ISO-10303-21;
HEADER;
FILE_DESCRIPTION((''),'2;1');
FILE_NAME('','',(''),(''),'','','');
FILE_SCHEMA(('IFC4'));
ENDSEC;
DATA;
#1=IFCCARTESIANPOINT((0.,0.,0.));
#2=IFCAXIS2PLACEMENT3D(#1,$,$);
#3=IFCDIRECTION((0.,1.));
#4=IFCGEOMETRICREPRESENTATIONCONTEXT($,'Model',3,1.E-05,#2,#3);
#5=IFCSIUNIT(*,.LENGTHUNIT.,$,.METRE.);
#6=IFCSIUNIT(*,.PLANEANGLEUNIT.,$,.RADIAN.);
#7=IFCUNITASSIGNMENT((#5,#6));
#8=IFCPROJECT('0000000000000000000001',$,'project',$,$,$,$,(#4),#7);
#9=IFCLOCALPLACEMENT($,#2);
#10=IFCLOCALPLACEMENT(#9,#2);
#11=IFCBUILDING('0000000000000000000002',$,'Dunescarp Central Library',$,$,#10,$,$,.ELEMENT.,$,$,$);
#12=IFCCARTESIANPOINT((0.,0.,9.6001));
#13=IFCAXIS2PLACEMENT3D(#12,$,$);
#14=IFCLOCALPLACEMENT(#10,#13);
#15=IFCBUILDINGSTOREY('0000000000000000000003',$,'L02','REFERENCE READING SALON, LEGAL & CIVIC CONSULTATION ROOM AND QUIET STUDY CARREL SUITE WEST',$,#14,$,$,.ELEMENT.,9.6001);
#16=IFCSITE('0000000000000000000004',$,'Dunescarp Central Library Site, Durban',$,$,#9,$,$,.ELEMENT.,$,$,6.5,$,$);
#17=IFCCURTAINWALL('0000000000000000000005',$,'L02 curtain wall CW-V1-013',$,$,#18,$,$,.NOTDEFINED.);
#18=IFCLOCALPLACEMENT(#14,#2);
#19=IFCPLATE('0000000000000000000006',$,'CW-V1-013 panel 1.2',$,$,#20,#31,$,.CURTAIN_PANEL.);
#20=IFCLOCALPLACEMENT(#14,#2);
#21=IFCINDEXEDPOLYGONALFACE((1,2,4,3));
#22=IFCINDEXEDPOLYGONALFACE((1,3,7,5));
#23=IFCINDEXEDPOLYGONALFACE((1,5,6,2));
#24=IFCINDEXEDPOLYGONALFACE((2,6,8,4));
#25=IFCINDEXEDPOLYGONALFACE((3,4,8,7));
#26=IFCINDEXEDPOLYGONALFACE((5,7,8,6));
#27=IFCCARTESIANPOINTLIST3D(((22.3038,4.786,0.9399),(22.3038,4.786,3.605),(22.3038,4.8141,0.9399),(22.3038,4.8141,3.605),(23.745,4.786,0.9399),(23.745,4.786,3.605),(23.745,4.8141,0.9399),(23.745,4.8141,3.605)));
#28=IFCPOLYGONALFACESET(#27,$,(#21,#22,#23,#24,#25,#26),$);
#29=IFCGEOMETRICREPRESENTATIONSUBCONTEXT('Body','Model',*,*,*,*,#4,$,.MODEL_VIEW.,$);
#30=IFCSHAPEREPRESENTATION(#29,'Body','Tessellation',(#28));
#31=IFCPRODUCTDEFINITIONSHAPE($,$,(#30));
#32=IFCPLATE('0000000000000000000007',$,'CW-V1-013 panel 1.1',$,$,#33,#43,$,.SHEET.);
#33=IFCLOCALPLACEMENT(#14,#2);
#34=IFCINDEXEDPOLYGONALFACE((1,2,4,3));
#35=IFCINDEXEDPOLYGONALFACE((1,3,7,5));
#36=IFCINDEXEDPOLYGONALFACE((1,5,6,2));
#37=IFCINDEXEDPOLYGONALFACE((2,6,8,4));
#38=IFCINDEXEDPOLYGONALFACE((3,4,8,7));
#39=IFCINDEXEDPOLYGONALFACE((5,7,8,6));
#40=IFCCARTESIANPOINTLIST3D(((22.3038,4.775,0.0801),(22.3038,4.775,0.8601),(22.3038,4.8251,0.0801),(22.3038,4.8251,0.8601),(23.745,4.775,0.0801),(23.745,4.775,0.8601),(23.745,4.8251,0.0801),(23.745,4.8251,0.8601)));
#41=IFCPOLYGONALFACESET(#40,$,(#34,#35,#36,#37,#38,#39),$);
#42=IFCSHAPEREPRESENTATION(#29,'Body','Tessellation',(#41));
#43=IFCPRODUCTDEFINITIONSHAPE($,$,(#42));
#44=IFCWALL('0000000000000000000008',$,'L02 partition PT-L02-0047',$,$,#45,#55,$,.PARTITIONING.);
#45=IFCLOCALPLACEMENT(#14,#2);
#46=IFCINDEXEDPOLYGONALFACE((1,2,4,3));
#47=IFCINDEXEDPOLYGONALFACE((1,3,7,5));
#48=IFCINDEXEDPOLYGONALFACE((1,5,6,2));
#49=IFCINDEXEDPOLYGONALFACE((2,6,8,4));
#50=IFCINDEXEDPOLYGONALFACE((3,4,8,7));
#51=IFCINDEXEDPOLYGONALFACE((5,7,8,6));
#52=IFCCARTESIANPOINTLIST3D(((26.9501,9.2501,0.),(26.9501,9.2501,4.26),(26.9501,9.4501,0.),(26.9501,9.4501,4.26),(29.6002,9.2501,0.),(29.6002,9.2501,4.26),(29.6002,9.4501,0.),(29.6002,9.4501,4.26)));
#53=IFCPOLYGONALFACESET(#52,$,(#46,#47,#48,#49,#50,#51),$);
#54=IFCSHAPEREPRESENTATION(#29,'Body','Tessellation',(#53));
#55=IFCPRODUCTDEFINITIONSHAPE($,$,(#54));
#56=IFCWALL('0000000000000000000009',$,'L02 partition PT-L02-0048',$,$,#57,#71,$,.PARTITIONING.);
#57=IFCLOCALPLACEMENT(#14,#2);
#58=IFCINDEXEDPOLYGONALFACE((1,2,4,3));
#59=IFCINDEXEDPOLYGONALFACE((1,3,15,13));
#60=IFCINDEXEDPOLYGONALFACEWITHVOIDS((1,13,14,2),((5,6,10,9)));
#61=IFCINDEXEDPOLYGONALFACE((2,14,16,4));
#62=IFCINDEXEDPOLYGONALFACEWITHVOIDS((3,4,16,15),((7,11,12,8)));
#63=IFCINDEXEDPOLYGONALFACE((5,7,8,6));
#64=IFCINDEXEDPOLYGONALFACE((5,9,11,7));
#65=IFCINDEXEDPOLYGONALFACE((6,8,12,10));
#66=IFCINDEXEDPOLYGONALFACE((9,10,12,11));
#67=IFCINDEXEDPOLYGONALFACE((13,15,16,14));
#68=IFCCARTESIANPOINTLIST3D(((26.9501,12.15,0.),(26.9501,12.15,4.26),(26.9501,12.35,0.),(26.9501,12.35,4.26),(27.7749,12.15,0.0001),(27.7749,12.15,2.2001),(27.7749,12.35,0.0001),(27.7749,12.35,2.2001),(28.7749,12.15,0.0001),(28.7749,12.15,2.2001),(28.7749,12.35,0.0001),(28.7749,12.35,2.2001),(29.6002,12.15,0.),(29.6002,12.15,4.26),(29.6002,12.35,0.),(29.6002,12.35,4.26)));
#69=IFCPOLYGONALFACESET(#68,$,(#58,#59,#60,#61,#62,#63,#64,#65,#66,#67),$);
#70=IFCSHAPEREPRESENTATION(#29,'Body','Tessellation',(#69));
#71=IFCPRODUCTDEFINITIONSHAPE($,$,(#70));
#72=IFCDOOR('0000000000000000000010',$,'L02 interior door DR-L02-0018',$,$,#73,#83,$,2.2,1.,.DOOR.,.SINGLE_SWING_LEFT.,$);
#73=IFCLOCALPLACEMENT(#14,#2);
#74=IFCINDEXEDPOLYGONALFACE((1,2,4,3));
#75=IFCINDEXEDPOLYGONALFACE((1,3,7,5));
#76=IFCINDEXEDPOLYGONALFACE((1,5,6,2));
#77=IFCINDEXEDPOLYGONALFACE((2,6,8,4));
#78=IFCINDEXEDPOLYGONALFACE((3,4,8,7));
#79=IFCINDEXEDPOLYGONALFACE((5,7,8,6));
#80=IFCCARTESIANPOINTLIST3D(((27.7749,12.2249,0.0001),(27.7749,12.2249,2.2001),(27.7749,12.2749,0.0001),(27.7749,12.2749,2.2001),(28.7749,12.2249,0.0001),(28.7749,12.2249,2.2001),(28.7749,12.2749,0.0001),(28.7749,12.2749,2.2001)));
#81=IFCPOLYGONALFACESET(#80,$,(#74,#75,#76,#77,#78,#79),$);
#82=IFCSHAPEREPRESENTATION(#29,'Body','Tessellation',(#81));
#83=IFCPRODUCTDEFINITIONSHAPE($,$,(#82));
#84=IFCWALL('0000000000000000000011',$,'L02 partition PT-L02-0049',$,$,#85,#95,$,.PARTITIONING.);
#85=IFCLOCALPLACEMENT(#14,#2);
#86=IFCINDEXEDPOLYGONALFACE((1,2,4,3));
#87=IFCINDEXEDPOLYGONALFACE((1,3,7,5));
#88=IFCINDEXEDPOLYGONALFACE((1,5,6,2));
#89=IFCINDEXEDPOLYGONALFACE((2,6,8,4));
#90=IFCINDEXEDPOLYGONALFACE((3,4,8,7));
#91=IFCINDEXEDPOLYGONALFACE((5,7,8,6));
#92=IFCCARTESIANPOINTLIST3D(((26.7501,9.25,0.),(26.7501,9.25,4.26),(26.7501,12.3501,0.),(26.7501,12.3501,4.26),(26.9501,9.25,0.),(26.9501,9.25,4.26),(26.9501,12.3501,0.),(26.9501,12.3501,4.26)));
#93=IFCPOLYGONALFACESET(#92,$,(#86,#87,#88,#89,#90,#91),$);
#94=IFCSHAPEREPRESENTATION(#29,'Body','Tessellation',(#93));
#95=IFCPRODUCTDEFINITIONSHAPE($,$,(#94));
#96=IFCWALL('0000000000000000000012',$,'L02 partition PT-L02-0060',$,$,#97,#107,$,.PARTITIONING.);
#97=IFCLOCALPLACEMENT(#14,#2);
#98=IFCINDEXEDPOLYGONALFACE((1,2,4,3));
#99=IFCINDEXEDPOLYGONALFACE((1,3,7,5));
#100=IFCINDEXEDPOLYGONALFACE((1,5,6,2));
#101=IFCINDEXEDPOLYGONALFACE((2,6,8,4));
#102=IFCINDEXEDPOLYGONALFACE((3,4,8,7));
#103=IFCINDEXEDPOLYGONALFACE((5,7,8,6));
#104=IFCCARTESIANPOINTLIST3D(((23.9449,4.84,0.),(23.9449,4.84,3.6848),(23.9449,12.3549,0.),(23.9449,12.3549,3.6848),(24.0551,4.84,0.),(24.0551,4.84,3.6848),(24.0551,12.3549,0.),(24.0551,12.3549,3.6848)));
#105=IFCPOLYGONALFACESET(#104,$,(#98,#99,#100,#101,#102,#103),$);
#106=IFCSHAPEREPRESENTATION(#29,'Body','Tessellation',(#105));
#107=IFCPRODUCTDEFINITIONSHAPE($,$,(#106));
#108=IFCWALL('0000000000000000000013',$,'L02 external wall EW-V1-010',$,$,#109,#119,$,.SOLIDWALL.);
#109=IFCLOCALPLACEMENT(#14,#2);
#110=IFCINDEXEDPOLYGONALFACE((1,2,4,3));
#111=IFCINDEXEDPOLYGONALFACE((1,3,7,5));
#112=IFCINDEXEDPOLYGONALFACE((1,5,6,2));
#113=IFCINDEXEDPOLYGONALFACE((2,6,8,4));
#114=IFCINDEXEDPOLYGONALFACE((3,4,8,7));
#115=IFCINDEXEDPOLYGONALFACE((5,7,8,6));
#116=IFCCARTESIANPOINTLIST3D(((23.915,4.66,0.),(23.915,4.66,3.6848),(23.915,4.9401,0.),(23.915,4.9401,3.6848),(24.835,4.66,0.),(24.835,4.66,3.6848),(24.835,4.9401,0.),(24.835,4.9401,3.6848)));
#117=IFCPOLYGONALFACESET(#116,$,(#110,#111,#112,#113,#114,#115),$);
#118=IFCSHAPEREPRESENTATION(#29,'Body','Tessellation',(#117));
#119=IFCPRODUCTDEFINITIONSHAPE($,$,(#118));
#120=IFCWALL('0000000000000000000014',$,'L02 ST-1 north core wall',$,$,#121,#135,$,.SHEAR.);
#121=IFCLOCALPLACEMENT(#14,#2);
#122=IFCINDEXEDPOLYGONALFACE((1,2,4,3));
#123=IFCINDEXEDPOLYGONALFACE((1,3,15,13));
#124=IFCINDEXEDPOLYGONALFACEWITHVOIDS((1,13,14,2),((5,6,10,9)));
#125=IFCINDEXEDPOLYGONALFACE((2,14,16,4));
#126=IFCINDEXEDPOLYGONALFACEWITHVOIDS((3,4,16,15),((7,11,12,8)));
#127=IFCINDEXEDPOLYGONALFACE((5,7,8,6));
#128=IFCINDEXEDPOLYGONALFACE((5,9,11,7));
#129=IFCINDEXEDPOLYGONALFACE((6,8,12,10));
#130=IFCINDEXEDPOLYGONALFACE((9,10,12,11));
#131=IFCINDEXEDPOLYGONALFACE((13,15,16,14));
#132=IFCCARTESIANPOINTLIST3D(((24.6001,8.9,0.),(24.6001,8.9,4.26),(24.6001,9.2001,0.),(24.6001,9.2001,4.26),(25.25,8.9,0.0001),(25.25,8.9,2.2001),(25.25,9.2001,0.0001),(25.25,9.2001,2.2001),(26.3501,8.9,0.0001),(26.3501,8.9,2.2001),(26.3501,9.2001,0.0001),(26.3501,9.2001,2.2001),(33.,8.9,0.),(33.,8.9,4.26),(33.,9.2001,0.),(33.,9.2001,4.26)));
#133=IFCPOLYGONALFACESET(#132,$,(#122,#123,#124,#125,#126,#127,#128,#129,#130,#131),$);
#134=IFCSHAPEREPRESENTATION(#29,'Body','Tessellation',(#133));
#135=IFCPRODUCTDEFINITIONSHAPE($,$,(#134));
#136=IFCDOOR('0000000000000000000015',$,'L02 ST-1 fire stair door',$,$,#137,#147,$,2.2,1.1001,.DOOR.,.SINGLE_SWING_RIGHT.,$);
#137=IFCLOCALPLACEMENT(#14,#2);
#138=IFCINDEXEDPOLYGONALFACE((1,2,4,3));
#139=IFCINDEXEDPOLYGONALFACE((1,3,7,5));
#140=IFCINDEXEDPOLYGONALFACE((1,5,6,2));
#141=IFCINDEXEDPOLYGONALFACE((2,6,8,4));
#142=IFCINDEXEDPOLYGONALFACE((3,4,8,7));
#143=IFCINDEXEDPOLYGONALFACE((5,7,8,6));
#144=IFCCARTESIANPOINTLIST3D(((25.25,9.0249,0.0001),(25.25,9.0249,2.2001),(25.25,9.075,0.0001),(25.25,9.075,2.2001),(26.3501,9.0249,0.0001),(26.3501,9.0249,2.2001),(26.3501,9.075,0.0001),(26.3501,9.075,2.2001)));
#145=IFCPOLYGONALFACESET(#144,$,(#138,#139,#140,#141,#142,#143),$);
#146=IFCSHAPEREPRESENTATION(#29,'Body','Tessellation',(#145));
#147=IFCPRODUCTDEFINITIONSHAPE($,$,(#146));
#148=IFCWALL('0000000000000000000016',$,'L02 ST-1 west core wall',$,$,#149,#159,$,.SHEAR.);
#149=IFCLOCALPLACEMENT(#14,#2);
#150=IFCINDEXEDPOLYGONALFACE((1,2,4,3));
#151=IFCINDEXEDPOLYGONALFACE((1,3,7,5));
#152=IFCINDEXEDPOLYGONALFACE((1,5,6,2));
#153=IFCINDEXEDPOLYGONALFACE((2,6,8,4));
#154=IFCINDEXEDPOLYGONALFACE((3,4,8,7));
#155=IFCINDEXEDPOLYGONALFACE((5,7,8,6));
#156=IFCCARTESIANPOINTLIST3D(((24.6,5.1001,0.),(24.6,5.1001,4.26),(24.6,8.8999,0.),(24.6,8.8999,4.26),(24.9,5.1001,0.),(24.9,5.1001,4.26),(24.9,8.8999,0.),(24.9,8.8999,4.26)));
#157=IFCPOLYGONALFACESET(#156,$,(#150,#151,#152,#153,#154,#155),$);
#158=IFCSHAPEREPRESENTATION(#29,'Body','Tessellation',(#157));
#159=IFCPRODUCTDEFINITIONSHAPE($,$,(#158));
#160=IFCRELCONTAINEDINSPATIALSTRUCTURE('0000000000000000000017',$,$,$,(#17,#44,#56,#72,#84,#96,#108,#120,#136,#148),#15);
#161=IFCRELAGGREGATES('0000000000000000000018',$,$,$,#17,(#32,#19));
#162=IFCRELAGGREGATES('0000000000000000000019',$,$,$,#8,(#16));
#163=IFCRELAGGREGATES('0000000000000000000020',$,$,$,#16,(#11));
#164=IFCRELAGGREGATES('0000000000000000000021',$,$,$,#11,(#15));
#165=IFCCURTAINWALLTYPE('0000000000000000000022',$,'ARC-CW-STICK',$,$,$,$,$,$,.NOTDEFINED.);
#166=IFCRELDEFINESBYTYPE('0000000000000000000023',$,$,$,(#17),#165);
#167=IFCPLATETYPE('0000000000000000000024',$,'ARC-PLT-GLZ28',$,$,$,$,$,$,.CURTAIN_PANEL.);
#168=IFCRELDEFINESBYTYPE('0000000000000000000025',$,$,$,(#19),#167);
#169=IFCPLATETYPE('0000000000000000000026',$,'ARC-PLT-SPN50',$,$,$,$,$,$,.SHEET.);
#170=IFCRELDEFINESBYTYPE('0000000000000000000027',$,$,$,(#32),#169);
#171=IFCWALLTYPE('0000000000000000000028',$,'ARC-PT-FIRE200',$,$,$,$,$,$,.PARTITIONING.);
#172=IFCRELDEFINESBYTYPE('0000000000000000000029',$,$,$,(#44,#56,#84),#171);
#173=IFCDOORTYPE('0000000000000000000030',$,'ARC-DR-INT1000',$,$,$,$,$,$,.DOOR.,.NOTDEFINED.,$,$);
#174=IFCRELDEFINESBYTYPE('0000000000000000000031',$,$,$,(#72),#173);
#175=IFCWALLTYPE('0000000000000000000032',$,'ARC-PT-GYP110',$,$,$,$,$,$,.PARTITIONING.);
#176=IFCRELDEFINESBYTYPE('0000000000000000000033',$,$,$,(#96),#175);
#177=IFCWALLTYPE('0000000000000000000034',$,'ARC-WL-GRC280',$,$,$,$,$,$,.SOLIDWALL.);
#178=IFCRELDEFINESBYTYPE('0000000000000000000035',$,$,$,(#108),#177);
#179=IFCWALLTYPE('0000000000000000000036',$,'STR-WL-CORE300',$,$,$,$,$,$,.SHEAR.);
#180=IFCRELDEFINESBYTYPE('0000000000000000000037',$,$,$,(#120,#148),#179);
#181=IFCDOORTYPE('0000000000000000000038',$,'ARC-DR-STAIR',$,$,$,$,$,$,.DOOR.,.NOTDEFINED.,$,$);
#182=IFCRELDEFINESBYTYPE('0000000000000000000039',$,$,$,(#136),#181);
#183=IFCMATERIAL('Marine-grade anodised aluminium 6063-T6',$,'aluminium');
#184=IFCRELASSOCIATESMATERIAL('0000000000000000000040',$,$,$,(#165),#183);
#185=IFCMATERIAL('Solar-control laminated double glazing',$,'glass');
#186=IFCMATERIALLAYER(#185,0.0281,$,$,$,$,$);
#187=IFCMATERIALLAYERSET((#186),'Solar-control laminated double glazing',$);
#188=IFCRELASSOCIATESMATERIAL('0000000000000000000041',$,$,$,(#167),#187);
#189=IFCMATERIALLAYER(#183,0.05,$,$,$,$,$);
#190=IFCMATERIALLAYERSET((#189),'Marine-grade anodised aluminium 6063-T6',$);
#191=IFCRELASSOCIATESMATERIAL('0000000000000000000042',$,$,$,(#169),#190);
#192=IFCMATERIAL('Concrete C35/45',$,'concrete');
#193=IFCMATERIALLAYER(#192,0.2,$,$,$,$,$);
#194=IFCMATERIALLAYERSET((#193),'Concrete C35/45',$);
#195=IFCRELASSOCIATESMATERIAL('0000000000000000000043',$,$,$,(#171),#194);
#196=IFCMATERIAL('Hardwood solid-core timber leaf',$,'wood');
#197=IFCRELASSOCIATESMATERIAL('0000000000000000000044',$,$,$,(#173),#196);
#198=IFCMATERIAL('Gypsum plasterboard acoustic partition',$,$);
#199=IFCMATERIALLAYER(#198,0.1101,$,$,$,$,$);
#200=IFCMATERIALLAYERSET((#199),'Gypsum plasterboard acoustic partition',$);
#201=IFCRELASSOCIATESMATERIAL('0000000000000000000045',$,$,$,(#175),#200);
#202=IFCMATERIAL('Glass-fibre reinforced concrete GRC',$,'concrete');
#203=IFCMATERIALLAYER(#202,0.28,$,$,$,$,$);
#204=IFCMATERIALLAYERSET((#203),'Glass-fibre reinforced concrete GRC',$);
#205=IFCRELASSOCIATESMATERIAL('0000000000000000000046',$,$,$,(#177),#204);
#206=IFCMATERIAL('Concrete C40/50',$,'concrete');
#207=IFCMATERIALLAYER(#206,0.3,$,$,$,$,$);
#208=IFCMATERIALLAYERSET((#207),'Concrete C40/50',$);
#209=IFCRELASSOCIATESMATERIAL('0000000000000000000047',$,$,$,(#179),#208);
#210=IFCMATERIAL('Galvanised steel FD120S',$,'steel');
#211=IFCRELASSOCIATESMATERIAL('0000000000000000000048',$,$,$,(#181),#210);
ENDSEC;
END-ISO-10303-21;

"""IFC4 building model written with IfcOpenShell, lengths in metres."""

from ifc_helpers import new_model, si_unit, direction, frame, frame_2d, origin, origin_2d, place, context, subcontext, project, spatial, rectangle, extrude, material, layer, layer_set, type_object, element, fill, aggregate, save


model = new_model("IFC4")

# Units and contexts
model_context = context("Model", 3, precision=1e-05, world=origin(), true_north=direction((0.0, 1.0)))
body_context = subcontext(model_context, "Body", "Model", "MODEL_VIEW")
ifc_project = project(units=[si_unit("LENGTHUNIT", "METRE"), si_unit("PLANEANGLEUNIT", "RADIAN")], contexts=[model_context])

# Site, building, storey
site_placement = place(None, origin())
site = spatial("IfcSite", under=ifc_project, at=site_placement, Name="Dunescarp Central Library Site, Durban", CompositionType="ELEMENT", RefElevation=6.5)
building_placement = place(site_placement, origin())
building = spatial("IfcBuilding", under=site, at=building_placement, Name="Dunescarp Central Library", CompositionType="ELEMENT")
storey_placement = place(building_placement, frame((0.0, 0.0, 9.6001)))
storey = spatial("IfcBuildingStorey", under=building, at=storey_placement, Name="L02", Description="REFERENCE READING SALON, LEGAL & CIVIC CONSULTATION ROOM AND QUIET STUDY CARREL SUITE WEST", CompositionType="ELEMENT", Elevation=9.6001)

# Curtain wall
ifc_material_1 = material(Name="Marine-grade anodised aluminium 6063-T6", Category="aluminium")
curtain_wall_type = type_object("IfcCurtainWallType", Name="ARC-CW-STICK", PredefinedType="NOTDEFINED", material=ifc_material_1)
curtain_wall_placement = place(storey_placement, origin())
curtain_wall = element("IfcCurtainWall", 1, at=curtain_wall_placement, inside=storey, type_object=curtain_wall_type, Name="L02 curtain wall CW-V1-013", PredefinedType="NOTDEFINED")

# Plates
ifc_material_2 = material(Name="Solar-control laminated double glazing", Category="glass")
ifc_layer_1 = layer(ifc_material_2, 0.0281)
ifc_layer_set_1 = layer_set([ifc_layer_1], Name="Solar-control laminated double glazing")
plate_type_1 = type_object("IfcPlateType", Name="ARC-PLT-GLZ28", PredefinedType="CURTAIN_PANEL", material=ifc_layer_set_1)
plate_1_placement = place(storey_placement, frame((23.0244, 4.8, 0.9399), z_axis=(0.0, 0.0, 1.0), x_axis=(-1.0, 0.0, 0.0)))
plate_1 = element("IfcPlate", 2, at=plate_1_placement, type_object=plate_type_1, Name="CW-V1-013 panel 1.2", PredefinedType="CURTAIN_PANEL", context=body_context, shape_type="SweptSolid", body=[
    extrude(rectangle(XDim=1.4412, YDim=0.0281, at=origin_2d()), origin(), (0.0, 0.0, 1.0), 2.665),
])
ifc_layer_2 = layer(ifc_material_1, 0.05)
ifc_layer_set_2 = layer_set([ifc_layer_2], Name="Marine-grade anodised aluminium 6063-T6")
plate_type_2 = type_object("IfcPlateType", Name="ARC-PLT-SPN50", PredefinedType="SHEET", material=ifc_layer_set_2)
plate_2_placement = place(storey_placement, frame((23.0244, 4.8, 0.0801), z_axis=(0.0, 0.0, 1.0), x_axis=(-1.0, 0.0, 0.0)))
plate_2 = element("IfcPlate", 3, at=plate_2_placement, type_object=plate_type_2, Name="CW-V1-013 panel 1.1", PredefinedType="SHEET", context=body_context, shape_type="SweptSolid", body=[
    extrude(rectangle(XDim=1.4412, YDim=0.05, at=origin_2d()), origin(), (0.0, 0.0, 1.0), 0.78),
])
aggregate(curtain_wall, [plate_2, plate_1])

# Wall
ifc_material_3 = material(Name="Concrete C35/45", Category="concrete")
ifc_layer_3 = layer(ifc_material_3, 0.2)
ifc_layer_set_3 = layer_set([ifc_layer_3], Name="Concrete C35/45")
wall_type_1 = type_object("IfcWallType", Name="ARC-PT-FIRE200", PredefinedType="PARTITIONING", material=ifc_layer_set_3)
wall_1_placement = place(storey_placement, frame((26.95, 9.3501, 0.0), z_axis=(0.0, 0.0, 1.0), x_axis=(1.0, 0.0, 0.0)))
element("IfcWall", 4, at=wall_1_placement, inside=storey, type_object=wall_type_1, Name="L02 partition PT-L02-0047", PredefinedType="PARTITIONING", context=body_context, shape_type="SweptSolid", body=[
    extrude(rectangle(XDim=2.6501, YDim=0.2, at=frame_2d((1.3252, 0.0))), origin(), (0.0, 0.0, 1.0), 4.26),
])

# Wall, opening, door
wall_2_placement = place(storey_placement, frame((26.95, 12.25, 0.0), z_axis=(0.0, 0.0, 1.0), x_axis=(1.0, 0.0, 0.0)))
wall_2 = element("IfcWall", 5, at=wall_2_placement, inside=storey, type_object=wall_type_1, Name="L02 partition PT-L02-0048", PredefinedType="PARTITIONING", context=body_context, shape_type="SweptSolid", body=[
    extrude(rectangle(XDim=2.6501, YDim=0.2, at=frame_2d((1.3252, 0.0))), origin(), (0.0, 0.0, 1.0), 4.26),
])
opening_1_placement = place(wall_2_placement, frame((0.825, 0.0, 0.0)))
opening_1 = element("IfcOpeningElement", 6, at=opening_1_placement, cuts=wall_2, PredefinedType="OPENING", context=body_context, shape_type="SweptSolid", body=[
    extrude(rectangle(XDim=1.0, YDim=2.2, at=frame_2d((0.5, 1.1001))), frame((0.0, 0.1099, 0.0), z_axis=(0.0, -1.0, 0.0), x_axis=(1.0, 0.0, 0.0)), (0.0, 0.0, 1.0), 0.22),
])
ifc_material_4 = material(Name="Hardwood solid-core timber leaf", Category="wood")
door_type_1 = type_object("IfcDoorType", Name="ARC-DR-INT1000", OperationType="NOTDEFINED", PredefinedType="DOOR", material=ifc_material_4)
door_1_placement = place(opening_1_placement, origin())
door_1 = element("IfcDoor", 7, at=door_1_placement, inside=storey, type_object=door_type_1, Name="L02 interior door DR-L02-0018", OperationType="SINGLE_SWING_LEFT", OverallHeight=2.2, OverallWidth=1.0, PredefinedType="DOOR", context=body_context, shape_type="SweptSolid", body=[
    extrude(rectangle(XDim=1.0, YDim=2.2, at=frame_2d((0.5, 1.1001))), frame((0.0, 0.0249, 0.0), z_axis=(0.0, -1.0, 0.0), x_axis=(1.0, 0.0, 0.0)), (0.0, 0.0, 1.0), 0.05),
])
fill(opening_1, door_1)

# Walls
wall_3_placement = place(storey_placement, frame((26.8501, 9.25, 0.0), z_axis=(0.0, 0.0, 1.0), x_axis=(0.0, 1.0, 0.0)))
element("IfcWall", 8, at=wall_3_placement, inside=storey, type_object=wall_type_1, Name="L02 partition PT-L02-0049", PredefinedType="PARTITIONING", context=body_context, shape_type="SweptSolid", body=[
    extrude(rectangle(XDim=3.1001, YDim=0.2, at=frame_2d((1.55, 0.0))), origin(), (0.0, 0.0, 1.0), 4.26),
])
ifc_material_5 = material(Name="Gypsum plasterboard acoustic partition")
ifc_layer_4 = layer(ifc_material_5, 0.1101)
ifc_layer_set_4 = layer_set([ifc_layer_4], Name="Gypsum plasterboard acoustic partition")
wall_type_2 = type_object("IfcWallType", Name="ARC-PT-GYP110", PredefinedType="PARTITIONING", material=ifc_layer_set_4)
wall_4_placement = place(storey_placement, frame((24.0, 4.8401, 0.0), z_axis=(0.0, 0.0, 1.0), x_axis=(0.0, 1.0, 0.0)))
element("IfcWall", 9, at=wall_4_placement, inside=storey, type_object=wall_type_2, Name="L02 partition PT-L02-0060", PredefinedType="PARTITIONING", context=body_context, shape_type="SweptSolid", body=[
    extrude(rectangle(XDim=7.5149, YDim=0.1101, at=frame_2d((3.7573, 0.0))), origin(), (0.0, 0.0, 1.0), 3.6848),
])
ifc_material_6 = material(Name="Glass-fibre reinforced concrete GRC", Category="concrete")
ifc_layer_5 = layer(ifc_material_6, 0.28)
ifc_layer_set_5 = layer_set([ifc_layer_5], Name="Glass-fibre reinforced concrete GRC")
wall_type_3 = type_object("IfcWallType", Name="ARC-WL-GRC280", PredefinedType="SOLIDWALL", material=ifc_layer_set_5)
wall_5_placement = place(storey_placement, frame((24.835, 4.8, 0.0), z_axis=(0.0, 0.0, 1.0), x_axis=(-1.0, 0.0, 0.0)))
element("IfcWall", 10, at=wall_5_placement, inside=storey, type_object=wall_type_3, Name="L02 external wall EW-V1-010", PredefinedType="SOLIDWALL", context=body_context, shape_type="SweptSolid", body=[
    extrude(rectangle(XDim=0.9199, YDim=0.28, at=frame_2d((0.46, 0.0))), origin(), (0.0, 0.0, 1.0), 3.6848),
])

# Wall, opening, door
ifc_material_7 = material(Name="Concrete C40/50", Category="concrete")
ifc_layer_6 = layer(ifc_material_7, 0.3)
ifc_layer_set_6 = layer_set([ifc_layer_6], Name="Concrete C40/50")
wall_type_4 = type_object("IfcWallType", Name="STR-WL-CORE300", PredefinedType="SHEAR", material=ifc_layer_set_6)
wall_6_placement = place(storey_placement, frame((24.6001, 9.05, 0.0), z_axis=(0.0, 0.0, 1.0), x_axis=(1.0, 0.0, 0.0)))
wall_6 = element("IfcWall", 11, at=wall_6_placement, inside=storey, type_object=wall_type_4, Name="L02 ST-1 north core wall", PredefinedType="SHEAR", context=body_context, shape_type="SweptSolid", body=[
    extrude(rectangle(XDim=8.3999, YDim=0.3, at=frame_2d((4.2, 0.0))), origin(), (0.0, 0.0, 1.0), 4.26),
])
opening_2_placement = place(wall_6_placement, frame((0.6499, 0.0, 0.0)))
opening_2 = element("IfcOpeningElement", 12, at=opening_2_placement, cuts=wall_6, PredefinedType="OPENING", context=body_context, shape_type="SweptSolid", body=[
    extrude(rectangle(XDim=1.1001, YDim=2.2, at=frame_2d((0.55, 1.1001))), frame((0.0, 0.1602, 0.0), z_axis=(0.0, -1.0, 0.0), x_axis=(1.0, 0.0, 0.0)), (0.0, 0.0, 1.0), 0.3201),
])
ifc_material_8 = material(Name="Galvanised steel FD120S", Category="steel")
door_type_2 = type_object("IfcDoorType", Name="ARC-DR-STAIR", OperationType="NOTDEFINED", PredefinedType="DOOR", material=ifc_material_8)
door_2_placement = place(opening_2_placement, origin())
door_2 = element("IfcDoor", 13, at=door_2_placement, inside=storey, type_object=door_type_2, Name="L02 ST-1 fire stair door", OperationType="SINGLE_SWING_RIGHT", OverallHeight=2.2, OverallWidth=1.1001, PredefinedType="DOOR", context=body_context, shape_type="SweptSolid", body=[
    extrude(rectangle(XDim=1.1001, YDim=2.2, at=frame_2d((0.55, 1.1001))), frame((0.0, 0.0249, 0.0), z_axis=(0.0, -1.0, 0.0), x_axis=(1.0, 0.0, 0.0)), (0.0, 0.0, 1.0), 0.05),
])
fill(opening_2, door_2)

# Wall
wall_7_placement = place(storey_placement, frame((24.75, 5.1001, 0.0), z_axis=(0.0, 0.0, 1.0), x_axis=(0.0, 1.0, 0.0)))
element("IfcWall", 14, at=wall_7_placement, inside=storey, type_object=wall_type_4, Name="L02 ST-1 west core wall", PredefinedType="SHEAR", context=body_context, shape_type="SweptSolid", body=[
    extrude(rectangle(XDim=3.7998, YDim=0.3, at=frame_2d((1.8999, 0.0))), origin(), (0.0, 0.0, 1.0), 4.26),
])

save(model, "model.ifc")
